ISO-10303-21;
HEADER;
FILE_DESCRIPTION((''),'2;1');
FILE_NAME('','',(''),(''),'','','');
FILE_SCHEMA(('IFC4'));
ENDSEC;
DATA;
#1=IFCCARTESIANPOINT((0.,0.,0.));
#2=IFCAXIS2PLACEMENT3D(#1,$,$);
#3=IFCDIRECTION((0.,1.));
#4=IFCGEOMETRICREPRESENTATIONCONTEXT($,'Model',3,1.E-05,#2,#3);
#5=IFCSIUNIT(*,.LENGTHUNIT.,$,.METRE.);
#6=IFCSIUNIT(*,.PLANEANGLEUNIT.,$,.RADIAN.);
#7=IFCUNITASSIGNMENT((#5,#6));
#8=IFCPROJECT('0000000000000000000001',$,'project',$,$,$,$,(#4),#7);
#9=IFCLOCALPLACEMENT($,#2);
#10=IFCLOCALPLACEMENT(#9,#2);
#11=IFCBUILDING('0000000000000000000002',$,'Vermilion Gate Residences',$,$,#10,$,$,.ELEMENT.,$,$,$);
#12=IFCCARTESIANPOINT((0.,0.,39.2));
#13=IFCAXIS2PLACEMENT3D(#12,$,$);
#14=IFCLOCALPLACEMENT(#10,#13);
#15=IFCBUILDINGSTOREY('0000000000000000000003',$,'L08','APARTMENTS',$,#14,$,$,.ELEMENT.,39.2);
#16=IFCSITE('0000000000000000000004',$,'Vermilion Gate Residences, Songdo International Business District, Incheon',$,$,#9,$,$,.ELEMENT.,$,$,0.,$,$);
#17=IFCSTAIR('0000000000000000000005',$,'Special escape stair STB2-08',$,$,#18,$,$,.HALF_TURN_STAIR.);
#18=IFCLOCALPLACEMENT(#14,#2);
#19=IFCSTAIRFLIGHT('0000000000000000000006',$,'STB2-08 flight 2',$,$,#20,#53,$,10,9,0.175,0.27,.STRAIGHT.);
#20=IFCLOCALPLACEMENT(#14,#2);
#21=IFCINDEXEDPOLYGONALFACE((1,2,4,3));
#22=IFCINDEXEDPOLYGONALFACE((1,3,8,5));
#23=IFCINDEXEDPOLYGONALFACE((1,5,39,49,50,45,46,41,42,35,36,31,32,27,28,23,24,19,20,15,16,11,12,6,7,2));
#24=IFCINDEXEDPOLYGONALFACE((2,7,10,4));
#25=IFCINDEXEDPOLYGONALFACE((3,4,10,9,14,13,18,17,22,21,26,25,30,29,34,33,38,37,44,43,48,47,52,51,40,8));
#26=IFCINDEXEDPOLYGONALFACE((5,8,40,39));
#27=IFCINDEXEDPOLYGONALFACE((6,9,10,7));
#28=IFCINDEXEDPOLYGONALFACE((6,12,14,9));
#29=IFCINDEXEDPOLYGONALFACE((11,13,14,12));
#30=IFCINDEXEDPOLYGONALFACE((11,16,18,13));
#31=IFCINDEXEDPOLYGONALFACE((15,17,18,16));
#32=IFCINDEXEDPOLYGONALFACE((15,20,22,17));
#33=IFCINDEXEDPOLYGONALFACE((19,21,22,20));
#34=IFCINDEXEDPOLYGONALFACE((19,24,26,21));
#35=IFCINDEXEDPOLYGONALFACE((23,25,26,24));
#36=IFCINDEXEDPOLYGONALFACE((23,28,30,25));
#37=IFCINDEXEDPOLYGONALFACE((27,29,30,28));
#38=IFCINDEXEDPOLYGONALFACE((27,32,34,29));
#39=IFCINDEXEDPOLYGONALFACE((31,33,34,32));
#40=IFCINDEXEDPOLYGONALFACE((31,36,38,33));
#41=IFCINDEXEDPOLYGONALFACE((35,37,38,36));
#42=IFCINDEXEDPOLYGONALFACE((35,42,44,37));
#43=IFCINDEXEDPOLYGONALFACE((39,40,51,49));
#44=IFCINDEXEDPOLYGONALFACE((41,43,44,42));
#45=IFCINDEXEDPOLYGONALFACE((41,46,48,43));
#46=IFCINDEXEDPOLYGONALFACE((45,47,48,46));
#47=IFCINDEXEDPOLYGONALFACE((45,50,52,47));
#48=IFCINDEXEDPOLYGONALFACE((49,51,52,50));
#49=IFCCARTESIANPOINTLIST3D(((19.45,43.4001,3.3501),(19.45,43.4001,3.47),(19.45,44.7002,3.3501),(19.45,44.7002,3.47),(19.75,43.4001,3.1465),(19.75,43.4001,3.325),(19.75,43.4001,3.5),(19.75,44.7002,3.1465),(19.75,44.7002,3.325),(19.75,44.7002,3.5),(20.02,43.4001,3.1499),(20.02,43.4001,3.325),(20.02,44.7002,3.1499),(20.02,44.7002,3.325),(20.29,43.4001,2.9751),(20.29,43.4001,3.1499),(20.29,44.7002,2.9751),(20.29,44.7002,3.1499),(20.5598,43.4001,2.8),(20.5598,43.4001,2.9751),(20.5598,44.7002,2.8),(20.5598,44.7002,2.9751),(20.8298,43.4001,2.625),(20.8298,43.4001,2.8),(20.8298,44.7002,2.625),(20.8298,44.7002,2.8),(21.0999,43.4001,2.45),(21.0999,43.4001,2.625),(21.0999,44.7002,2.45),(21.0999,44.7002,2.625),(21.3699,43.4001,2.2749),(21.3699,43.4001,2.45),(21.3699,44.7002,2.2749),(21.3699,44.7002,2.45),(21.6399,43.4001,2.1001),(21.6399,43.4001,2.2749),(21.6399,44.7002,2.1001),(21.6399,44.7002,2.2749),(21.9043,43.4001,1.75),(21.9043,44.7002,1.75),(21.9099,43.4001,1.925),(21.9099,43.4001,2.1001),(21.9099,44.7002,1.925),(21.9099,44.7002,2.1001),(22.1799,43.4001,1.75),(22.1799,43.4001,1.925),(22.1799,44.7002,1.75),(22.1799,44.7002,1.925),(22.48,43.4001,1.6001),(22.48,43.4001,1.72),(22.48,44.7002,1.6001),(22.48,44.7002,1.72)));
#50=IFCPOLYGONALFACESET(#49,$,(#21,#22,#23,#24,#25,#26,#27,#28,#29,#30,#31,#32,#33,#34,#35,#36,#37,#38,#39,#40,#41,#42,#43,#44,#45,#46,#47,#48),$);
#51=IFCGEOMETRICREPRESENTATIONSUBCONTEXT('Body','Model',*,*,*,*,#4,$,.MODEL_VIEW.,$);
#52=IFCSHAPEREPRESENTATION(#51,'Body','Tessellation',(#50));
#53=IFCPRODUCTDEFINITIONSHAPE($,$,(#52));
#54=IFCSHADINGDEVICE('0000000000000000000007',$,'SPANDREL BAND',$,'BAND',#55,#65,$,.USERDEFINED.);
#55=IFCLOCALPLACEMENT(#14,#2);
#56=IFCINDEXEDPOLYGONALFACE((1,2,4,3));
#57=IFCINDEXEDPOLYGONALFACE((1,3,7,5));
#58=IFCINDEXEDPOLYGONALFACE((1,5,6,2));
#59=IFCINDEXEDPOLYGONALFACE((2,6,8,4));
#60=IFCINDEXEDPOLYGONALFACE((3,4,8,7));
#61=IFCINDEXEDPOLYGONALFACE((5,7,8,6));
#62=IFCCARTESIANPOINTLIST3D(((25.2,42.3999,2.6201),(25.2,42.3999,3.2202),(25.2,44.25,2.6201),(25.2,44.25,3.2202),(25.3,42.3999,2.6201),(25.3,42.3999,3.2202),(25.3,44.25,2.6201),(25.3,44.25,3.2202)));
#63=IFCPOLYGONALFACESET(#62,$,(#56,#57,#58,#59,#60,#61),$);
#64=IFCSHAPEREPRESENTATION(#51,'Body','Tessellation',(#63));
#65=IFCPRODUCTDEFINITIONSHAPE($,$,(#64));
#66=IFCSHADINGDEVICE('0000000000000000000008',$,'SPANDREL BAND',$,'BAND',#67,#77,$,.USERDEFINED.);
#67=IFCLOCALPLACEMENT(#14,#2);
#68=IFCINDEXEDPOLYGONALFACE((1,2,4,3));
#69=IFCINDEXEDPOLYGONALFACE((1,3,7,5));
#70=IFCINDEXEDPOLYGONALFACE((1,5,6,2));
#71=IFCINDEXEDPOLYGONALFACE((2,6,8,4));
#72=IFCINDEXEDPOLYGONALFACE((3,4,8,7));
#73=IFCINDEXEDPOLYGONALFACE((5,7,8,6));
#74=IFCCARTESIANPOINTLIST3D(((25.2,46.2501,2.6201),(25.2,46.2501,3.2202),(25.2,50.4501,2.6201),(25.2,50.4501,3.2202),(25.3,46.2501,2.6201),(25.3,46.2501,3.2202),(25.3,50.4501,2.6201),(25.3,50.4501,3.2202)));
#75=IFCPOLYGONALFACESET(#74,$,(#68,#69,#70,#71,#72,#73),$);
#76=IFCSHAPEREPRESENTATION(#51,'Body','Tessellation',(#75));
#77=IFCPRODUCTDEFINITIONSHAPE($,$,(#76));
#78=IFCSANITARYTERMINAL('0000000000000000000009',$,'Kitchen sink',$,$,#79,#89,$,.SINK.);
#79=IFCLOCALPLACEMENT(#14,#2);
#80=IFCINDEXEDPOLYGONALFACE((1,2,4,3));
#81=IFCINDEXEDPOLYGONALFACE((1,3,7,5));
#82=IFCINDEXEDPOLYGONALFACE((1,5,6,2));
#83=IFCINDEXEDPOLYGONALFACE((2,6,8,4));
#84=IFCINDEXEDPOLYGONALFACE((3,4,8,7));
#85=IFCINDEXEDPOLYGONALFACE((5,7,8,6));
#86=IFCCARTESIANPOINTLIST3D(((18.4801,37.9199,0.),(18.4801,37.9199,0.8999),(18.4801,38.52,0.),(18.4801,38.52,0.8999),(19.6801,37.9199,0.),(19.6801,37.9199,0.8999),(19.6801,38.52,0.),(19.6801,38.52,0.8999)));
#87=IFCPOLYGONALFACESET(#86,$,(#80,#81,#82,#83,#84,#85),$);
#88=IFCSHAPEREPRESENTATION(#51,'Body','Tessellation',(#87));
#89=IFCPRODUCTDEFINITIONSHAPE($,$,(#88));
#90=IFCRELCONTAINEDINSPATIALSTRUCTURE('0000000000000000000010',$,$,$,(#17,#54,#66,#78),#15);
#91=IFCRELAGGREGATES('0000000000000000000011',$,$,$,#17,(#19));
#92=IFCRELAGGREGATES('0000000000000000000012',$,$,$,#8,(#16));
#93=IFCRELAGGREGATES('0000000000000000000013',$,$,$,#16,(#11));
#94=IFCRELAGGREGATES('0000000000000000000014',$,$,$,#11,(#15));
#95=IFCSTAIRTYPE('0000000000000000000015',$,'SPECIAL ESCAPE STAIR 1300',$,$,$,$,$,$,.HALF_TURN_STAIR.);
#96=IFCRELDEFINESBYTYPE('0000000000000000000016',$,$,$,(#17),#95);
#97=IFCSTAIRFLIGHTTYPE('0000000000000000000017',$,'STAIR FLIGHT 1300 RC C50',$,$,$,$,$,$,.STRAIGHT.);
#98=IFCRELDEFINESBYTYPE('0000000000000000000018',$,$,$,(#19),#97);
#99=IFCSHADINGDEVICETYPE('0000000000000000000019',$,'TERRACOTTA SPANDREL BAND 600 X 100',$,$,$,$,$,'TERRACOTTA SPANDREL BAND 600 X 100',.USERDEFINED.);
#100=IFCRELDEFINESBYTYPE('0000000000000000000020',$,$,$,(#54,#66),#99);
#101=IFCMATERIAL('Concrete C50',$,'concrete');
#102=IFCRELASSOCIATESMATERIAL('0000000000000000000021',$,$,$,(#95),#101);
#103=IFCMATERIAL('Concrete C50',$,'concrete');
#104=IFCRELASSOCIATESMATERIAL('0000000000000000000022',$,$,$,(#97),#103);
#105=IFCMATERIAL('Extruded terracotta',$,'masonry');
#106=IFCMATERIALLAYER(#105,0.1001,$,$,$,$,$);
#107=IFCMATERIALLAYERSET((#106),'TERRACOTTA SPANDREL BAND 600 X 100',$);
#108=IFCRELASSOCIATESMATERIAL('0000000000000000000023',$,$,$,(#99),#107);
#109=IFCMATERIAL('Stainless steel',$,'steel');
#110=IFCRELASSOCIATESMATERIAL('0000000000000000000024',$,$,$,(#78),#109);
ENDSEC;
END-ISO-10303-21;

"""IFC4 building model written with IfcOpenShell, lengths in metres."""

from ifc_helpers import new_model, si_unit, direction, frame, origin, origin_2d, place, context, subcontext, project, spatial, polyline, rectangle, outline, extrude, material, layer, layer_set, type_object, element, aggregate, save


model = new_model("IFC4")

# Units and contexts
model_context = context("Model", 3, precision=1e-05, world=origin(), true_north=direction((0.0, 1.0)))
body_context = subcontext(model_context, "Body", "Model", "MODEL_VIEW")
ifc_project = project(units=[si_unit("LENGTHUNIT", "METRE"), si_unit("PLANEANGLEUNIT", "RADIAN")], contexts=[model_context])

# Site, building, storey
site_placement = place(None, origin())
site = spatial("IfcSite", under=ifc_project, at=site_placement, Name="Vermilion Gate Residences, Songdo International Business District, Incheon", CompositionType="ELEMENT", RefElevation=0.0)
building_placement = place(site_placement, origin())
building = spatial("IfcBuilding", under=site, at=building_placement, Name="Vermilion Gate Residences", CompositionType="ELEMENT")
storey_placement = place(building_placement, frame((0.0, 0.0, 39.2)))
storey = spatial("IfcBuildingStorey", under=building, at=storey_placement, Name="L08", Description="APARTMENTS", CompositionType="ELEMENT", Elevation=39.2)

# Stair, stair flight
ifc_material_1 = material(Name="Concrete C50", Category="concrete")
stair_type = type_object("IfcStairType", Name="SPECIAL ESCAPE STAIR 1300", PredefinedType="HALF_TURN_STAIR", material=ifc_material_1)
stair_placement = place(storey_placement, origin())
stair = element("IfcStair", 1, at=stair_placement, inside=storey, type_object=stair_type, Name="Special escape stair STB2-08", PredefinedType="HALF_TURN_STAIR")
ifc_material_2 = material(Name="Concrete C50", Category="concrete")
stair_flight_type = type_object("IfcStairFlightType", Name="STAIR FLIGHT 1300 RC C50", PredefinedType="STRAIGHT", material=ifc_material_2)
stair_flight_1_placement = place(storey_placement, frame((22.1799, 44.05, 1.75), z_axis=(0.0, 0.0, 1.0), x_axis=(-1.0, 0.0, 0.0)))
stair_flight_1 = element("IfcStairFlight", 2, at=stair_flight_1_placement, type_object=stair_flight_type, Name="STB2-08 flight 2", NumberOfRisers=10, NumberOfTreads=9, PredefinedType="STRAIGHT", RiserHeight=0.175, TreadLength=0.27, context=body_context, shape_type="SweptSolid", body=[
    extrude(outline(polyline([(-0.3, -0.1499), (-0.3, -0.03), (0.0, 0.0), (0.0, 0.175), (0.27, 0.175), (0.27, 0.3501), (0.54, 0.3501), (0.54, 0.5249), (0.8101, 0.5249), (0.8101, 0.7), (1.0801, 0.7), (1.0801, 0.875), (1.3501, 0.875), (1.3501, 1.05), (1.6201, 1.05), (1.6201, 1.2251), (1.8899, 1.2251), (1.8899, 1.3999), (2.1599, 1.3999), (2.1599, 1.575), (2.4299, 1.575), (2.4299, 1.75), (2.73, 1.72), (2.73, 1.6001), (2.4299, 1.3965), (0.2756, 0.0), (-0.3, -0.1499)])), frame((0.0, 0.6499, 0.0), z_axis=(0.0, -1.0, 0.0), x_axis=(1.0, 0.0, 0.0)), (0.0, 0.0, 1.0), 1.3),
])
aggregate(stair, [stair_flight_1])

# Shading devices
ifc_material_3 = material(Name="Extruded terracotta", Category="masonry")
ifc_layer_1 = layer(ifc_material_3, 0.1001)
ifc_layer_set_1 = layer_set([ifc_layer_1], Name="TERRACOTTA SPANDREL BAND 600 X 100")
shading_device_type = type_object("IfcShadingDeviceType", Name="TERRACOTTA SPANDREL BAND 600 X 100", ElementType="TERRACOTTA SPANDREL BAND 600 X 100", PredefinedType="USERDEFINED", material=ifc_layer_set_1)
shading_device_1_placement = place(storey_placement, frame((25.25, 43.325, 2.6201), z_axis=(0.0, 0.0, 1.0), x_axis=(0.0, 1.0, 0.0)))
element("IfcShadingDevice", 3, at=shading_device_1_placement, inside=storey, type_object=shading_device_type, Name="SPANDREL BAND", ObjectType="BAND", PredefinedType="USERDEFINED", context=body_context, shape_type="SweptSolid", body=[
    extrude(rectangle(XDim=1.8501, YDim=0.1001, at=origin_2d()), origin(), (0.0, 0.0, 1.0), 0.6001),
])
shading_device_2_placement = place(storey_placement, frame((25.25, 48.3501, 2.6201), z_axis=(0.0, 0.0, 1.0), x_axis=(0.0, 1.0, 0.0)))
element("IfcShadingDevice", 4, at=shading_device_2_placement, inside=storey, type_object=shading_device_type, Name="SPANDREL BAND", ObjectType="BAND", PredefinedType="USERDEFINED", context=body_context, shape_type="SweptSolid", body=[
    extrude(rectangle(XDim=4.2, YDim=0.1001, at=origin_2d()), origin(), (0.0, 0.0, 1.0), 0.6001),
])

# Sanitary terminal
ifc_material_4 = material(Name="Stainless steel", Category="steel")
sanitary_terminal_placement = place(storey_placement, frame((19.0801, 38.22, 0.0), z_axis=(0.0, 0.0, 1.0), x_axis=(1.0, 0.0, 0.0)))
element("IfcSanitaryTerminal", 5, at=sanitary_terminal_placement, inside=storey, material=ifc_material_4, Name="Kitchen sink", PredefinedType="SINK", context=body_context, shape_type="SweptSolid", body=[
    extrude(rectangle(XDim=1.2, YDim=0.6001, at=origin_2d()), origin(), (0.0, 0.0, 1.0), 0.8999),
])

save(model, "model.ifc")
